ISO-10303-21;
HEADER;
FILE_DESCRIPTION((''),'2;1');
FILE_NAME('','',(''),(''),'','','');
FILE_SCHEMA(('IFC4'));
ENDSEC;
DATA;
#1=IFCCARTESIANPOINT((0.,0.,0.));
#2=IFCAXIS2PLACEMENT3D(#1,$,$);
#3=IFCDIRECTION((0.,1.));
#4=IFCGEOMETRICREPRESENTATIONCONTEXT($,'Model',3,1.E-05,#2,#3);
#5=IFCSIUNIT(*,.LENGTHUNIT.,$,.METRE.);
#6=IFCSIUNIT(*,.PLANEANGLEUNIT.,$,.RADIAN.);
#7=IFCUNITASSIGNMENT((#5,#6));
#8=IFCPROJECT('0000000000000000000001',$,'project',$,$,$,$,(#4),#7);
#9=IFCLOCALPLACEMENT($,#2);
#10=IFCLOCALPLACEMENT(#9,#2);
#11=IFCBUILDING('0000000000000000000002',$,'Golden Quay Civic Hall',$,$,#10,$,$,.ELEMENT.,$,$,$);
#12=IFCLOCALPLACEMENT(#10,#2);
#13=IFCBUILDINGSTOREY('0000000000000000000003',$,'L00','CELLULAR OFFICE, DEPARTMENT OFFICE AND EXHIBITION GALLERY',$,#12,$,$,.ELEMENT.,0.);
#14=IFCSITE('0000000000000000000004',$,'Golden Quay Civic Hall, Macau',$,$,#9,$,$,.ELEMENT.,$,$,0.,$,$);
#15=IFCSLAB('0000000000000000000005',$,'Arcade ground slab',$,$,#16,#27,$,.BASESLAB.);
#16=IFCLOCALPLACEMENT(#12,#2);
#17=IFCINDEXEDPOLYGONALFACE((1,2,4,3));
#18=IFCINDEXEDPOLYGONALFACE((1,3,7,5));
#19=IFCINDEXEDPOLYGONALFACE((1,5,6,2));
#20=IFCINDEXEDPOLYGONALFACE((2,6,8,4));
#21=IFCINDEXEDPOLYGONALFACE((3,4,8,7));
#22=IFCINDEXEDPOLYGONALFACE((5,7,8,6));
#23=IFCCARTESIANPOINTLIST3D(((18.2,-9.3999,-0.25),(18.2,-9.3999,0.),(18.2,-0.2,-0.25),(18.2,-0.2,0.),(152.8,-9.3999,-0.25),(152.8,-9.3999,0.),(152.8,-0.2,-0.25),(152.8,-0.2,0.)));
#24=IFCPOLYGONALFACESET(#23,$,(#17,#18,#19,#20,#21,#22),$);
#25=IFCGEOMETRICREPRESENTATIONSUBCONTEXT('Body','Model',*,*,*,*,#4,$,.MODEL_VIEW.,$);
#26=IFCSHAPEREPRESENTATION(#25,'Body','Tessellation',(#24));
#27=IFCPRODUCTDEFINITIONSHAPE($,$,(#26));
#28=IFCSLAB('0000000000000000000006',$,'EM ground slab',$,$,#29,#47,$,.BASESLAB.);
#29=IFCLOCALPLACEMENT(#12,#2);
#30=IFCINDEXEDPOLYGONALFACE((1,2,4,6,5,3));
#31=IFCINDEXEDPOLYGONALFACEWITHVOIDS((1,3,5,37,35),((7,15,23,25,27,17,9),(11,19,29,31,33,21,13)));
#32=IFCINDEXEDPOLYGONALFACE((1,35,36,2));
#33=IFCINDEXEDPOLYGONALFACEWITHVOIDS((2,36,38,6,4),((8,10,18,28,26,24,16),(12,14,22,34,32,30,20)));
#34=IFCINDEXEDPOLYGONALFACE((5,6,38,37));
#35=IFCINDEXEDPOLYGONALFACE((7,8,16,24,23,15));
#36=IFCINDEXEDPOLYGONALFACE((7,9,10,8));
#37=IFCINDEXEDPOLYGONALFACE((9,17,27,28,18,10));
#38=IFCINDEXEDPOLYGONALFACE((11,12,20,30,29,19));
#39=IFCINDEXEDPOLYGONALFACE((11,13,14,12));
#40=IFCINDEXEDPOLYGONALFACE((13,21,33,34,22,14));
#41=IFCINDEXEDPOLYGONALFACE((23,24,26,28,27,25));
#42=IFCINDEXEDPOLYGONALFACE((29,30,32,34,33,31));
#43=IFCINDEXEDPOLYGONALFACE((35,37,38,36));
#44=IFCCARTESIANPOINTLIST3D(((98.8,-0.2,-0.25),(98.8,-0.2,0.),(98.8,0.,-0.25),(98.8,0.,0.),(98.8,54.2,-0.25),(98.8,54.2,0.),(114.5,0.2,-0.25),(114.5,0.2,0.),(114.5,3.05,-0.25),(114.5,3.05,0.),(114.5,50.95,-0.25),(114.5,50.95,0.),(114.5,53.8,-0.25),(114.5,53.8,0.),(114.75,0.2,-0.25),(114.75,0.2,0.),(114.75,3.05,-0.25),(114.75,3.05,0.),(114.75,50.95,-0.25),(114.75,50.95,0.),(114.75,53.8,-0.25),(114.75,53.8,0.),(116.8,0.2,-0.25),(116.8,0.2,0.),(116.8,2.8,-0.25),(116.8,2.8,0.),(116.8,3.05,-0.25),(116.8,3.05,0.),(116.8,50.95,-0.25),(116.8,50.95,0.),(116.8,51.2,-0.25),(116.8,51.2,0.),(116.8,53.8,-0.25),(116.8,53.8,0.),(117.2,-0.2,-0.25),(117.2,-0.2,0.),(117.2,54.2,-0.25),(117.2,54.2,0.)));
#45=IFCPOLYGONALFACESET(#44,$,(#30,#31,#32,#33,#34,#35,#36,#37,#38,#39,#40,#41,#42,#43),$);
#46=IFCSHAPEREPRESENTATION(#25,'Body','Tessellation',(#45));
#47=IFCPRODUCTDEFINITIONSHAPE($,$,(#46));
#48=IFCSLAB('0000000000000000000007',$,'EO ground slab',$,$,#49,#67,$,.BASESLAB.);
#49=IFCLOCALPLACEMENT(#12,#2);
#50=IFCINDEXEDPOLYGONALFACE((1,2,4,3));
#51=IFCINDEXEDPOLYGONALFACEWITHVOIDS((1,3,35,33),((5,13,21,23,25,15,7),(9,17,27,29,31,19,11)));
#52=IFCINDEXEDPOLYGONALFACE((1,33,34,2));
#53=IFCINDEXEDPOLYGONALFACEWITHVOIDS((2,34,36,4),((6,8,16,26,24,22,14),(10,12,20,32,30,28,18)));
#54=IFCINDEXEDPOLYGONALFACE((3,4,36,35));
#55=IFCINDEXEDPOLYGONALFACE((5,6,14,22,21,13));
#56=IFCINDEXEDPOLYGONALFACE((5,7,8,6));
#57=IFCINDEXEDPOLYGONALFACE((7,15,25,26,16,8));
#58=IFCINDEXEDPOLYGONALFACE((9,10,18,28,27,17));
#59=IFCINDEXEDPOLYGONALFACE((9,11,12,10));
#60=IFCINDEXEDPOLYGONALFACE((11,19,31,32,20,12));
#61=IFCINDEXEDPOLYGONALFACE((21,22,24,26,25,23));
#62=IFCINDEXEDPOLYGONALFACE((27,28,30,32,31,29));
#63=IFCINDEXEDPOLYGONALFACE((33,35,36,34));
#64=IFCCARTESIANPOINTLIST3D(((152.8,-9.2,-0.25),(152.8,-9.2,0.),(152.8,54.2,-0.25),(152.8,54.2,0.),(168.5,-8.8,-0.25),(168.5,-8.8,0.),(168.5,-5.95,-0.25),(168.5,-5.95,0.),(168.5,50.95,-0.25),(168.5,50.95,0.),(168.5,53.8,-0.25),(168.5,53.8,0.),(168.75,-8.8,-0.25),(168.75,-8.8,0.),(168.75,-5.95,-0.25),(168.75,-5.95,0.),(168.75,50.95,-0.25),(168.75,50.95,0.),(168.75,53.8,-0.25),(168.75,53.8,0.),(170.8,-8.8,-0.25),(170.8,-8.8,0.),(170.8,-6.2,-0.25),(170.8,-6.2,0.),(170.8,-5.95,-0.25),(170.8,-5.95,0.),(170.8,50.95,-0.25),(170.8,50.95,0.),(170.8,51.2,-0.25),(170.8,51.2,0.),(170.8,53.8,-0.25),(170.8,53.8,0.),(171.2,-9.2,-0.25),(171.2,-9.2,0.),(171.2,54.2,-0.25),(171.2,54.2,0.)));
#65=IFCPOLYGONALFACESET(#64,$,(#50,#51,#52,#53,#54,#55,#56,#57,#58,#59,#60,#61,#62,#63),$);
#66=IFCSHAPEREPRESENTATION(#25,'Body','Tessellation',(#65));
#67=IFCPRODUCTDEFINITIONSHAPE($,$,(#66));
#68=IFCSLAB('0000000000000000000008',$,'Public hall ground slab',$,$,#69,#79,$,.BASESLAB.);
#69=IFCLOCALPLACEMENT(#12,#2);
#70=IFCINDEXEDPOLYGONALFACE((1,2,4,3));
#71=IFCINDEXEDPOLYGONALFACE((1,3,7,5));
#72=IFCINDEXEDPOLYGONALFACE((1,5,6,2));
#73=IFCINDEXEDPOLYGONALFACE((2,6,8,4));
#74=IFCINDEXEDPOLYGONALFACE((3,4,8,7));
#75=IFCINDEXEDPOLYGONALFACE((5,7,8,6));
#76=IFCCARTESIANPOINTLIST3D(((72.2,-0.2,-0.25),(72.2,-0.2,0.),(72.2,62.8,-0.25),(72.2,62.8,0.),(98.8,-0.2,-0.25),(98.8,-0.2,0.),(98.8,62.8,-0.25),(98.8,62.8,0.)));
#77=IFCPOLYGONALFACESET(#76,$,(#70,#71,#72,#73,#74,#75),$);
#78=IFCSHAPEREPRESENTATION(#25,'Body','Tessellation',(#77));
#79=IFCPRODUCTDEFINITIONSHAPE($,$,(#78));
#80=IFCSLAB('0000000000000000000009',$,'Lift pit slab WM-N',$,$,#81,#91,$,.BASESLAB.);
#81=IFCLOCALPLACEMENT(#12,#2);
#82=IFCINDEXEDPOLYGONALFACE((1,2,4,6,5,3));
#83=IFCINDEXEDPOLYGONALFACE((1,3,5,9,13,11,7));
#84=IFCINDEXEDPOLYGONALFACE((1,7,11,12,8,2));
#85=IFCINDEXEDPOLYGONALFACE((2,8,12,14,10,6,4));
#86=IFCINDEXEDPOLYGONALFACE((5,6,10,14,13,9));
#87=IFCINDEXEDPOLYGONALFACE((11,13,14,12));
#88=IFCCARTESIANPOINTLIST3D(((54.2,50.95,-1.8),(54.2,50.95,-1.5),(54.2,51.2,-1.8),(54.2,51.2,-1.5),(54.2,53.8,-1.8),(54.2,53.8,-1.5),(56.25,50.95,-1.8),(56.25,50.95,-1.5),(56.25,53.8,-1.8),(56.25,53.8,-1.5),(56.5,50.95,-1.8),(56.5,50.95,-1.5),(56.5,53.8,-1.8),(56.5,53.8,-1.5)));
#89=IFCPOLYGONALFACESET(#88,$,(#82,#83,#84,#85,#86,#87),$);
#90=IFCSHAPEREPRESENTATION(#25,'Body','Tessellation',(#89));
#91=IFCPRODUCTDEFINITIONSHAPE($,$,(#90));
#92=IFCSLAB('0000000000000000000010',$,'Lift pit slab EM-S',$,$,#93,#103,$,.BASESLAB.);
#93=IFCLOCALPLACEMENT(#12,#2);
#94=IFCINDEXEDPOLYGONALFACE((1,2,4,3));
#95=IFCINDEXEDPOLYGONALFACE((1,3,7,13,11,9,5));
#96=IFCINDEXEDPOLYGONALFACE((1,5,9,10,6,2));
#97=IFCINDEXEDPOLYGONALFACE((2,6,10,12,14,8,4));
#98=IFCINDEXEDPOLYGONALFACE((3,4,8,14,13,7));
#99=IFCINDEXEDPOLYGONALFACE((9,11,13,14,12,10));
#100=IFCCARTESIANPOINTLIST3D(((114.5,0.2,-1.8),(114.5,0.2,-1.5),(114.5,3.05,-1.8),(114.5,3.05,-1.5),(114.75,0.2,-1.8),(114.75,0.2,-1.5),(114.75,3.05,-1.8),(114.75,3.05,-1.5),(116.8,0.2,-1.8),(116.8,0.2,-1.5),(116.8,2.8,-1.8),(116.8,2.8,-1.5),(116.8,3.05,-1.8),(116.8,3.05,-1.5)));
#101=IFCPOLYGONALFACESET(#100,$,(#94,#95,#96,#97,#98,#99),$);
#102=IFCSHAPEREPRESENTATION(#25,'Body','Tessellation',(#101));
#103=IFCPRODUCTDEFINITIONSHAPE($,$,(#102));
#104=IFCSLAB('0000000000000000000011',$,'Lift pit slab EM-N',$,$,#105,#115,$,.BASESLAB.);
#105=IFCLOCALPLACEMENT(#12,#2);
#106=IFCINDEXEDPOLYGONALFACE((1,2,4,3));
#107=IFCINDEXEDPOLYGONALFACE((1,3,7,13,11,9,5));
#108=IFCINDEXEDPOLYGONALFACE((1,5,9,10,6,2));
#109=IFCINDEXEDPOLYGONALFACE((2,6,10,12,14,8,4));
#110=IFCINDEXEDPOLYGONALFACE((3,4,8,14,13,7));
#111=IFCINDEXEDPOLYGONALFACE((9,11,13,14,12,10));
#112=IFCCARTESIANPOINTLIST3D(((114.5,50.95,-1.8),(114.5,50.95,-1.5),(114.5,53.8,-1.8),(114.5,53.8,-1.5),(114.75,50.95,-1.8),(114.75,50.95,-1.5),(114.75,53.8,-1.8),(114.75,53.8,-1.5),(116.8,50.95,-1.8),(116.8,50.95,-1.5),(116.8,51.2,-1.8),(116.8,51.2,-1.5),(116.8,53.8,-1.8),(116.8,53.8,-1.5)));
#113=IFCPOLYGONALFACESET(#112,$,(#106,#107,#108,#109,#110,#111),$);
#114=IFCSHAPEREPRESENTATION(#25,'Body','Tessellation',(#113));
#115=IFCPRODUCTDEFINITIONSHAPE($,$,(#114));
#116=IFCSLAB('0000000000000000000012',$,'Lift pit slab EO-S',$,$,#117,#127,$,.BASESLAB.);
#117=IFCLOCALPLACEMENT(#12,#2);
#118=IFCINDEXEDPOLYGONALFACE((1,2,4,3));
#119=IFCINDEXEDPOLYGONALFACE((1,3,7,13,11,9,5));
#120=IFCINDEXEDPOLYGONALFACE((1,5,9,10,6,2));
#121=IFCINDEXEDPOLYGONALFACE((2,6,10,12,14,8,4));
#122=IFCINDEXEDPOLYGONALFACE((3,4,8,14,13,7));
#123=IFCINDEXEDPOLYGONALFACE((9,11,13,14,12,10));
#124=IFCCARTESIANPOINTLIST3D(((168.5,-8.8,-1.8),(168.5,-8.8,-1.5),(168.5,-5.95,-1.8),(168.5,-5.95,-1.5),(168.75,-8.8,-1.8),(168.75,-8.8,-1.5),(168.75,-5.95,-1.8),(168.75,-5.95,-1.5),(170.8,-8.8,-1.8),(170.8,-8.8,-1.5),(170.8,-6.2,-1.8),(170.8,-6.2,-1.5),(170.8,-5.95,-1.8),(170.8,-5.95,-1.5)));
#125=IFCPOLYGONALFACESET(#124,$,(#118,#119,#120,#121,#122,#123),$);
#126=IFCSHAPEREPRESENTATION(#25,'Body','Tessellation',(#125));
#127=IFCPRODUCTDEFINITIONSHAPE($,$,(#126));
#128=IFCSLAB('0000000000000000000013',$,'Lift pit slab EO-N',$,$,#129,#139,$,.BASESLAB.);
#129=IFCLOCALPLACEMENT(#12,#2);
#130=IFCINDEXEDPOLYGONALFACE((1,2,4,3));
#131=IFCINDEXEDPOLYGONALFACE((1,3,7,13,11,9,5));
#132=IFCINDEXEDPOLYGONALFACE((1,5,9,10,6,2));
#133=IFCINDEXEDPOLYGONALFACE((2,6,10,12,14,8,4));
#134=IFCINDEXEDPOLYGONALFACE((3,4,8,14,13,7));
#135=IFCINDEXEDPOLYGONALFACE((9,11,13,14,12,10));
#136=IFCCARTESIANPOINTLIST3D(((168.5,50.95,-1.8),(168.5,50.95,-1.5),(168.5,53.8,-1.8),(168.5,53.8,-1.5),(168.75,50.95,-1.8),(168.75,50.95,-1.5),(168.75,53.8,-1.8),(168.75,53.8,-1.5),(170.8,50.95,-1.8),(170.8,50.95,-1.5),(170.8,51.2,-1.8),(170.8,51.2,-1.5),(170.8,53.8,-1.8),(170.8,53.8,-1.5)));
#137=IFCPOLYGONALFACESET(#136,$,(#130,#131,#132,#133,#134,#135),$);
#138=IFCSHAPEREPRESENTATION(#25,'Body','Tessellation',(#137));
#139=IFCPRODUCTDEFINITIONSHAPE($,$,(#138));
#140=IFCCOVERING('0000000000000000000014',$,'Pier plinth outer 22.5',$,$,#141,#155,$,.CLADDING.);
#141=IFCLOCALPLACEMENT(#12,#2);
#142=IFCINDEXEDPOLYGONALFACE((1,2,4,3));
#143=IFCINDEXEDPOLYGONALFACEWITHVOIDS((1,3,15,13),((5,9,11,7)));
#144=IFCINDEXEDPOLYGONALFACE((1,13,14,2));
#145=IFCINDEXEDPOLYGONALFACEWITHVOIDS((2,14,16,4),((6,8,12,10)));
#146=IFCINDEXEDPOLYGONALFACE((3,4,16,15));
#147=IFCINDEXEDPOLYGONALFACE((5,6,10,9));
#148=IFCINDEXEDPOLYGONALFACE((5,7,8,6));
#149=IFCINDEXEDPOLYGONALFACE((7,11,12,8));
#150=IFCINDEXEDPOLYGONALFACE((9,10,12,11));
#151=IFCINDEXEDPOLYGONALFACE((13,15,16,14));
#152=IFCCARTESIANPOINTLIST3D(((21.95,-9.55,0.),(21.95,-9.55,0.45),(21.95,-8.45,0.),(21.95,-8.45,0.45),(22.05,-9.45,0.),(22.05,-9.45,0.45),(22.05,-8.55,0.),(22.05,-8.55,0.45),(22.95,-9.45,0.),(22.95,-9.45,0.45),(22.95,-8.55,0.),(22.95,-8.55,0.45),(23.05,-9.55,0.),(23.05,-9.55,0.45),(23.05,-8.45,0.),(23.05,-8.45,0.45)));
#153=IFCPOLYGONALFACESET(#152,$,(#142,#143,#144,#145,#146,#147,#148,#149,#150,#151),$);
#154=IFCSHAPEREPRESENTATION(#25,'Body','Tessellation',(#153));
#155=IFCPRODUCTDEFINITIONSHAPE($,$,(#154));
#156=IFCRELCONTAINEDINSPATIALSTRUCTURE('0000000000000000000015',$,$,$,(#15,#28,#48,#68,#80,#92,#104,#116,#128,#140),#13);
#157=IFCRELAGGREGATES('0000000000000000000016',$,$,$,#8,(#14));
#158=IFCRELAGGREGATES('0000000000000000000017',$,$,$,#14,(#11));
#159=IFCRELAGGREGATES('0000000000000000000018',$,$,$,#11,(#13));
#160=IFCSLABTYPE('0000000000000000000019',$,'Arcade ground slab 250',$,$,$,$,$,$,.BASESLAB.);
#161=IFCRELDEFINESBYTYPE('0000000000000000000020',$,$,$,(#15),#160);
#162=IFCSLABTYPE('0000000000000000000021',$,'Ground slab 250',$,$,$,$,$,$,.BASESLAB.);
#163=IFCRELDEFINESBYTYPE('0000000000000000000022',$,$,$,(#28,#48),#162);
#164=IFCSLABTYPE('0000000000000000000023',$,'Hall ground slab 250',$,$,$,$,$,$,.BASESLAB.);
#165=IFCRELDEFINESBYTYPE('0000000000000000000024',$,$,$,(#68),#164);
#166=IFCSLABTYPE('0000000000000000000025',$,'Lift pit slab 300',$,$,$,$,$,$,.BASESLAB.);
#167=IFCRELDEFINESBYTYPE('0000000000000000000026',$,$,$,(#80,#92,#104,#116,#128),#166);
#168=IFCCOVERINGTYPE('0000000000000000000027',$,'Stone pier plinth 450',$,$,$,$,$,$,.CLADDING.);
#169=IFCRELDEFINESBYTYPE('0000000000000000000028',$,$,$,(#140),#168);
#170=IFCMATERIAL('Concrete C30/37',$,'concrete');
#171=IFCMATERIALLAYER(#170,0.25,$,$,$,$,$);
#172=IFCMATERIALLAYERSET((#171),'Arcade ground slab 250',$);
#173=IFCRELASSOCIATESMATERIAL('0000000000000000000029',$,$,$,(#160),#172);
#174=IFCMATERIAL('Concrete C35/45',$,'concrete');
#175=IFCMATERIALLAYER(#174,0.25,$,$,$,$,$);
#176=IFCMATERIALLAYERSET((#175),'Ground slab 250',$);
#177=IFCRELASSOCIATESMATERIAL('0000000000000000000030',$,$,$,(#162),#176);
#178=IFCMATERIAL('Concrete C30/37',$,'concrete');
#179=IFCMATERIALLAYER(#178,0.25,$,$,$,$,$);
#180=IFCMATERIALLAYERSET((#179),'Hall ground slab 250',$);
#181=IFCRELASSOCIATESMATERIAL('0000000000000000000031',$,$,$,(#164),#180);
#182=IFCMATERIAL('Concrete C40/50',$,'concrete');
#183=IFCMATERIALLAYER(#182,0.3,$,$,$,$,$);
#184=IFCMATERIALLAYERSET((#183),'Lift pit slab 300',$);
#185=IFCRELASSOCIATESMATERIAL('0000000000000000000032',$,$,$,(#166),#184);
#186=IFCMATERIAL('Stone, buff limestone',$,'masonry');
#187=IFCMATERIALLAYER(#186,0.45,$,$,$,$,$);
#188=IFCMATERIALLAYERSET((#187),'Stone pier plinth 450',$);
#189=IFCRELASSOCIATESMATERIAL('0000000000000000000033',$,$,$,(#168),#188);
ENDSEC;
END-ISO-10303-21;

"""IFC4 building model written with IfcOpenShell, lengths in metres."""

from ifc_helpers import new_model, si_unit, direction, frame, origin, place, context, subcontext, project, spatial, polyline, outline, extrude, material, layer, layer_set, type_object, element, save


model = new_model("IFC4")

# Units and contexts
model_context = context("Model", 3, precision=1e-05, world=origin(), true_north=direction((0.0, 1.0)))
body_context = subcontext(model_context, "Body", "Model", "MODEL_VIEW")
ifc_project = project(units=[si_unit("LENGTHUNIT", "METRE"), si_unit("PLANEANGLEUNIT", "RADIAN")], contexts=[model_context])

# Site, building, storey
site_placement = place(None, origin())
site = spatial("IfcSite", under=ifc_project, at=site_placement, Name="Golden Quay Civic Hall, Macau", CompositionType="ELEMENT", RefElevation=0.0)
building_placement = place(site_placement, origin())
building = spatial("IfcBuilding", under=site, at=building_placement, Name="Golden Quay Civic Hall", CompositionType="ELEMENT")
storey_placement = place(building_placement, origin())
storey = spatial("IfcBuildingStorey", under=building, at=storey_placement, Name="L00", Description="CELLULAR OFFICE, DEPARTMENT OFFICE AND EXHIBITION GALLERY", CompositionType="ELEMENT", Elevation=0.0)

# Slabs
ifc_material_1 = material(Name="Concrete C30/37", Category="concrete")
ifc_layer_1 = layer(ifc_material_1, 0.25)
ifc_layer_set_1 = layer_set([ifc_layer_1], Name="Arcade ground slab 250")
slab_type_1 = type_object("IfcSlabType", Name="Arcade ground slab 250", PredefinedType="BASESLAB", material=ifc_layer_set_1)
slab_1_placement = place(storey_placement, frame((0.0, 0.0, -0.25)))
element("IfcSlab", 1, at=slab_1_placement, inside=storey, type_object=slab_type_1, Name="Arcade ground slab", PredefinedType="BASESLAB", context=body_context, shape_type="SweptSolid", body=[
    extrude(outline(polyline([(18.2, -9.3999), (152.8, -9.3999), (152.8, -0.2), (18.2, -0.2), (18.2, -9.3999)])), origin(), (0.0, 0.0, 1.0), 0.25),
])
ifc_material_2 = material(Name="Concrete C35/45", Category="concrete")
ifc_layer_2 = layer(ifc_material_2, 0.25)
ifc_layer_set_2 = layer_set([ifc_layer_2], Name="Ground slab 250")
slab_type_2 = type_object("IfcSlabType", Name="Ground slab 250", PredefinedType="BASESLAB", material=ifc_layer_set_2)
slab_2_placement = place(storey_placement, frame((0.0, 0.0, -0.25)))
element("IfcSlab", 2, at=slab_2_placement, inside=storey, type_object=slab_type_2, Name="EM ground slab", PredefinedType="BASESLAB", context=body_context, shape_type="SweptSolid", body=[
    extrude(outline(polyline([(98.8, -0.2), (98.8, 0.0), (98.8, 54.2), (117.2, 54.2), (117.2, -0.2), (98.8, -0.2)]), holes=[polyline([(116.8, 3.05), (114.75, 3.05), (114.5, 3.05), (114.5, 0.2), (114.75, 0.2), (116.8, 0.2), (116.8, 2.8), (116.8, 3.05)]), polyline([(116.8, 51.2), (116.8, 53.8), (114.75, 53.8), (114.5, 53.8), (114.5, 50.95), (114.75, 50.95), (116.8, 50.95), (116.8, 51.2)])]), origin(), (0.0, 0.0, 1.0), 0.25),
])
slab_3_placement = place(storey_placement, frame((0.0, 0.0, -0.25)))
element("IfcSlab", 3, at=slab_3_placement, inside=storey, type_object=slab_type_2, Name="EO ground slab", PredefinedType="BASESLAB", context=body_context, shape_type="SweptSolid", body=[
    extrude(outline(polyline([(171.2, 54.2), (171.2, -9.2), (152.8, -9.2), (152.8, 54.2), (171.2, 54.2)]), holes=[polyline([(170.8, -5.95), (168.75, -5.95), (168.5, -5.95), (168.5, -8.8), (168.75, -8.8), (170.8, -8.8), (170.8, -6.2), (170.8, -5.95)]), polyline([(170.8, 51.2), (170.8, 53.8), (168.75, 53.8), (168.5, 53.8), (168.5, 50.95), (168.75, 50.95), (170.8, 50.95), (170.8, 51.2)])]), origin(), (0.0, 0.0, 1.0), 0.25),
])
ifc_material_3 = material(Name="Concrete C30/37", Category="concrete")
ifc_layer_3 = layer(ifc_material_3, 0.25)
ifc_layer_set_3 = layer_set([ifc_layer_3], Name="Hall ground slab 250")
slab_type_3 = type_object("IfcSlabType", Name="Hall ground slab 250", PredefinedType="BASESLAB", material=ifc_layer_set_3)
slab_4_placement = place(storey_placement, frame((0.0, 0.0, -0.25)))
element("IfcSlab", 4, at=slab_4_placement, inside=storey, type_object=slab_type_3, Name="Public hall ground slab", PredefinedType="BASESLAB", context=body_context, shape_type="SweptSolid", body=[
    extrude(outline(polyline([(72.2, -0.2), (98.8, -0.2), (98.8, 62.8), (72.2, 62.8), (72.2, -0.2)])), origin(), (0.0, 0.0, 1.0), 0.25),
])
ifc_material_4 = material(Name="Concrete C40/50", Category="concrete")
ifc_layer_4 = layer(ifc_material_4, 0.3)
ifc_layer_set_4 = layer_set([ifc_layer_4], Name="Lift pit slab 300")
slab_type_4 = type_object("IfcSlabType", Name="Lift pit slab 300", PredefinedType="BASESLAB", material=ifc_layer_set_4)
slab_5_placement = place(storey_placement, frame((0.0, 0.0, -1.8)))
element("IfcSlab", 5, at=slab_5_placement, inside=storey, type_object=slab_type_4, Name="Lift pit slab WM-N", PredefinedType="BASESLAB", context=body_context, shape_type="SweptSolid", body=[
    extrude(outline(polyline([(54.2, 50.95), (54.2, 51.2), (54.2, 53.8), (56.25, 53.8), (56.5, 53.8), (56.5, 50.95), (56.25, 50.95), (54.2, 50.95)])), origin(), (0.0, 0.0, 1.0), 0.3),
])
slab_6_placement = place(storey_placement, frame((0.0, 0.0, -1.8)))
element("IfcSlab", 6, at=slab_6_placement, inside=storey, type_object=slab_type_4, Name="Lift pit slab EM-S", PredefinedType="BASESLAB", context=body_context, shape_type="SweptSolid", body=[
    extrude(outline(polyline([(116.8, 0.2), (114.75, 0.2), (114.5, 0.2), (114.5, 3.05), (114.75, 3.05), (116.8, 3.05), (116.8, 2.8), (116.8, 0.2)])), origin(), (0.0, 0.0, 1.0), 0.3),
])
slab_7_placement = place(storey_placement, frame((0.0, 0.0, -1.8)))
element("IfcSlab", 7, at=slab_7_placement, inside=storey, type_object=slab_type_4, Name="Lift pit slab EM-N", PredefinedType="BASESLAB", context=body_context, shape_type="SweptSolid", body=[
    extrude(outline(polyline([(116.8, 50.95), (114.75, 50.95), (114.5, 50.95), (114.5, 53.8), (114.75, 53.8), (116.8, 53.8), (116.8, 51.2), (116.8, 50.95)])), origin(), (0.0, 0.0, 1.0), 0.3),
])
slab_8_placement = place(storey_placement, frame((0.0, 0.0, -1.8)))
element("IfcSlab", 8, at=slab_8_placement, inside=storey, type_object=slab_type_4, Name="Lift pit slab EO-S", PredefinedType="BASESLAB", context=body_context, shape_type="SweptSolid", body=[
    extrude(outline(polyline([(170.8, -8.8), (168.75, -8.8), (168.5, -8.8), (168.5, -5.95), (168.75, -5.95), (170.8, -5.95), (170.8, -6.2), (170.8, -8.8)])), origin(), (0.0, 0.0, 1.0), 0.3),
])
slab_9_placement = place(storey_placement, frame((0.0, 0.0, -1.8)))
element("IfcSlab", 9, at=slab_9_placement, inside=storey, type_object=slab_type_4, Name="Lift pit slab EO-N", PredefinedType="BASESLAB", context=body_context, shape_type="SweptSolid", body=[
    extrude(outline(polyline([(170.8, 50.95), (168.75, 50.95), (168.5, 50.95), (168.5, 53.8), (168.75, 53.8), (170.8, 53.8), (170.8, 51.2), (170.8, 50.95)])), origin(), (0.0, 0.0, 1.0), 0.3),
])

# Covering
ifc_material_5 = material(Name="Stone, buff limestone", Category="masonry")
ifc_layer_5 = layer(ifc_material_5, 0.45)
ifc_layer_set_5 = layer_set([ifc_layer_5], Name="Stone pier plinth 450")
covering_type = type_object("IfcCoveringType", Name="Stone pier plinth 450", PredefinedType="CLADDING", material=ifc_layer_set_5)
covering_1_placement = place(storey_placement, origin())
element("IfcCovering", 10, at=covering_1_placement, inside=storey, type_object=covering_type, Name="Pier plinth outer 22.5", PredefinedType="CLADDING", context=body_context, shape_type="SweptSolid", body=[
    extrude(outline(polyline([(21.95, -9.55), (23.05, -9.55), (23.05, -8.45), (21.95, -8.45), (21.95, -9.55)]), holes=[polyline([(22.05, -9.45), (22.95, -9.45), (22.95, -8.55), (22.05, -8.55), (22.05, -9.45)])]), origin(), (0.0, 0.0, 1.0), 0.45),
])

save(model, "model.ifc")
